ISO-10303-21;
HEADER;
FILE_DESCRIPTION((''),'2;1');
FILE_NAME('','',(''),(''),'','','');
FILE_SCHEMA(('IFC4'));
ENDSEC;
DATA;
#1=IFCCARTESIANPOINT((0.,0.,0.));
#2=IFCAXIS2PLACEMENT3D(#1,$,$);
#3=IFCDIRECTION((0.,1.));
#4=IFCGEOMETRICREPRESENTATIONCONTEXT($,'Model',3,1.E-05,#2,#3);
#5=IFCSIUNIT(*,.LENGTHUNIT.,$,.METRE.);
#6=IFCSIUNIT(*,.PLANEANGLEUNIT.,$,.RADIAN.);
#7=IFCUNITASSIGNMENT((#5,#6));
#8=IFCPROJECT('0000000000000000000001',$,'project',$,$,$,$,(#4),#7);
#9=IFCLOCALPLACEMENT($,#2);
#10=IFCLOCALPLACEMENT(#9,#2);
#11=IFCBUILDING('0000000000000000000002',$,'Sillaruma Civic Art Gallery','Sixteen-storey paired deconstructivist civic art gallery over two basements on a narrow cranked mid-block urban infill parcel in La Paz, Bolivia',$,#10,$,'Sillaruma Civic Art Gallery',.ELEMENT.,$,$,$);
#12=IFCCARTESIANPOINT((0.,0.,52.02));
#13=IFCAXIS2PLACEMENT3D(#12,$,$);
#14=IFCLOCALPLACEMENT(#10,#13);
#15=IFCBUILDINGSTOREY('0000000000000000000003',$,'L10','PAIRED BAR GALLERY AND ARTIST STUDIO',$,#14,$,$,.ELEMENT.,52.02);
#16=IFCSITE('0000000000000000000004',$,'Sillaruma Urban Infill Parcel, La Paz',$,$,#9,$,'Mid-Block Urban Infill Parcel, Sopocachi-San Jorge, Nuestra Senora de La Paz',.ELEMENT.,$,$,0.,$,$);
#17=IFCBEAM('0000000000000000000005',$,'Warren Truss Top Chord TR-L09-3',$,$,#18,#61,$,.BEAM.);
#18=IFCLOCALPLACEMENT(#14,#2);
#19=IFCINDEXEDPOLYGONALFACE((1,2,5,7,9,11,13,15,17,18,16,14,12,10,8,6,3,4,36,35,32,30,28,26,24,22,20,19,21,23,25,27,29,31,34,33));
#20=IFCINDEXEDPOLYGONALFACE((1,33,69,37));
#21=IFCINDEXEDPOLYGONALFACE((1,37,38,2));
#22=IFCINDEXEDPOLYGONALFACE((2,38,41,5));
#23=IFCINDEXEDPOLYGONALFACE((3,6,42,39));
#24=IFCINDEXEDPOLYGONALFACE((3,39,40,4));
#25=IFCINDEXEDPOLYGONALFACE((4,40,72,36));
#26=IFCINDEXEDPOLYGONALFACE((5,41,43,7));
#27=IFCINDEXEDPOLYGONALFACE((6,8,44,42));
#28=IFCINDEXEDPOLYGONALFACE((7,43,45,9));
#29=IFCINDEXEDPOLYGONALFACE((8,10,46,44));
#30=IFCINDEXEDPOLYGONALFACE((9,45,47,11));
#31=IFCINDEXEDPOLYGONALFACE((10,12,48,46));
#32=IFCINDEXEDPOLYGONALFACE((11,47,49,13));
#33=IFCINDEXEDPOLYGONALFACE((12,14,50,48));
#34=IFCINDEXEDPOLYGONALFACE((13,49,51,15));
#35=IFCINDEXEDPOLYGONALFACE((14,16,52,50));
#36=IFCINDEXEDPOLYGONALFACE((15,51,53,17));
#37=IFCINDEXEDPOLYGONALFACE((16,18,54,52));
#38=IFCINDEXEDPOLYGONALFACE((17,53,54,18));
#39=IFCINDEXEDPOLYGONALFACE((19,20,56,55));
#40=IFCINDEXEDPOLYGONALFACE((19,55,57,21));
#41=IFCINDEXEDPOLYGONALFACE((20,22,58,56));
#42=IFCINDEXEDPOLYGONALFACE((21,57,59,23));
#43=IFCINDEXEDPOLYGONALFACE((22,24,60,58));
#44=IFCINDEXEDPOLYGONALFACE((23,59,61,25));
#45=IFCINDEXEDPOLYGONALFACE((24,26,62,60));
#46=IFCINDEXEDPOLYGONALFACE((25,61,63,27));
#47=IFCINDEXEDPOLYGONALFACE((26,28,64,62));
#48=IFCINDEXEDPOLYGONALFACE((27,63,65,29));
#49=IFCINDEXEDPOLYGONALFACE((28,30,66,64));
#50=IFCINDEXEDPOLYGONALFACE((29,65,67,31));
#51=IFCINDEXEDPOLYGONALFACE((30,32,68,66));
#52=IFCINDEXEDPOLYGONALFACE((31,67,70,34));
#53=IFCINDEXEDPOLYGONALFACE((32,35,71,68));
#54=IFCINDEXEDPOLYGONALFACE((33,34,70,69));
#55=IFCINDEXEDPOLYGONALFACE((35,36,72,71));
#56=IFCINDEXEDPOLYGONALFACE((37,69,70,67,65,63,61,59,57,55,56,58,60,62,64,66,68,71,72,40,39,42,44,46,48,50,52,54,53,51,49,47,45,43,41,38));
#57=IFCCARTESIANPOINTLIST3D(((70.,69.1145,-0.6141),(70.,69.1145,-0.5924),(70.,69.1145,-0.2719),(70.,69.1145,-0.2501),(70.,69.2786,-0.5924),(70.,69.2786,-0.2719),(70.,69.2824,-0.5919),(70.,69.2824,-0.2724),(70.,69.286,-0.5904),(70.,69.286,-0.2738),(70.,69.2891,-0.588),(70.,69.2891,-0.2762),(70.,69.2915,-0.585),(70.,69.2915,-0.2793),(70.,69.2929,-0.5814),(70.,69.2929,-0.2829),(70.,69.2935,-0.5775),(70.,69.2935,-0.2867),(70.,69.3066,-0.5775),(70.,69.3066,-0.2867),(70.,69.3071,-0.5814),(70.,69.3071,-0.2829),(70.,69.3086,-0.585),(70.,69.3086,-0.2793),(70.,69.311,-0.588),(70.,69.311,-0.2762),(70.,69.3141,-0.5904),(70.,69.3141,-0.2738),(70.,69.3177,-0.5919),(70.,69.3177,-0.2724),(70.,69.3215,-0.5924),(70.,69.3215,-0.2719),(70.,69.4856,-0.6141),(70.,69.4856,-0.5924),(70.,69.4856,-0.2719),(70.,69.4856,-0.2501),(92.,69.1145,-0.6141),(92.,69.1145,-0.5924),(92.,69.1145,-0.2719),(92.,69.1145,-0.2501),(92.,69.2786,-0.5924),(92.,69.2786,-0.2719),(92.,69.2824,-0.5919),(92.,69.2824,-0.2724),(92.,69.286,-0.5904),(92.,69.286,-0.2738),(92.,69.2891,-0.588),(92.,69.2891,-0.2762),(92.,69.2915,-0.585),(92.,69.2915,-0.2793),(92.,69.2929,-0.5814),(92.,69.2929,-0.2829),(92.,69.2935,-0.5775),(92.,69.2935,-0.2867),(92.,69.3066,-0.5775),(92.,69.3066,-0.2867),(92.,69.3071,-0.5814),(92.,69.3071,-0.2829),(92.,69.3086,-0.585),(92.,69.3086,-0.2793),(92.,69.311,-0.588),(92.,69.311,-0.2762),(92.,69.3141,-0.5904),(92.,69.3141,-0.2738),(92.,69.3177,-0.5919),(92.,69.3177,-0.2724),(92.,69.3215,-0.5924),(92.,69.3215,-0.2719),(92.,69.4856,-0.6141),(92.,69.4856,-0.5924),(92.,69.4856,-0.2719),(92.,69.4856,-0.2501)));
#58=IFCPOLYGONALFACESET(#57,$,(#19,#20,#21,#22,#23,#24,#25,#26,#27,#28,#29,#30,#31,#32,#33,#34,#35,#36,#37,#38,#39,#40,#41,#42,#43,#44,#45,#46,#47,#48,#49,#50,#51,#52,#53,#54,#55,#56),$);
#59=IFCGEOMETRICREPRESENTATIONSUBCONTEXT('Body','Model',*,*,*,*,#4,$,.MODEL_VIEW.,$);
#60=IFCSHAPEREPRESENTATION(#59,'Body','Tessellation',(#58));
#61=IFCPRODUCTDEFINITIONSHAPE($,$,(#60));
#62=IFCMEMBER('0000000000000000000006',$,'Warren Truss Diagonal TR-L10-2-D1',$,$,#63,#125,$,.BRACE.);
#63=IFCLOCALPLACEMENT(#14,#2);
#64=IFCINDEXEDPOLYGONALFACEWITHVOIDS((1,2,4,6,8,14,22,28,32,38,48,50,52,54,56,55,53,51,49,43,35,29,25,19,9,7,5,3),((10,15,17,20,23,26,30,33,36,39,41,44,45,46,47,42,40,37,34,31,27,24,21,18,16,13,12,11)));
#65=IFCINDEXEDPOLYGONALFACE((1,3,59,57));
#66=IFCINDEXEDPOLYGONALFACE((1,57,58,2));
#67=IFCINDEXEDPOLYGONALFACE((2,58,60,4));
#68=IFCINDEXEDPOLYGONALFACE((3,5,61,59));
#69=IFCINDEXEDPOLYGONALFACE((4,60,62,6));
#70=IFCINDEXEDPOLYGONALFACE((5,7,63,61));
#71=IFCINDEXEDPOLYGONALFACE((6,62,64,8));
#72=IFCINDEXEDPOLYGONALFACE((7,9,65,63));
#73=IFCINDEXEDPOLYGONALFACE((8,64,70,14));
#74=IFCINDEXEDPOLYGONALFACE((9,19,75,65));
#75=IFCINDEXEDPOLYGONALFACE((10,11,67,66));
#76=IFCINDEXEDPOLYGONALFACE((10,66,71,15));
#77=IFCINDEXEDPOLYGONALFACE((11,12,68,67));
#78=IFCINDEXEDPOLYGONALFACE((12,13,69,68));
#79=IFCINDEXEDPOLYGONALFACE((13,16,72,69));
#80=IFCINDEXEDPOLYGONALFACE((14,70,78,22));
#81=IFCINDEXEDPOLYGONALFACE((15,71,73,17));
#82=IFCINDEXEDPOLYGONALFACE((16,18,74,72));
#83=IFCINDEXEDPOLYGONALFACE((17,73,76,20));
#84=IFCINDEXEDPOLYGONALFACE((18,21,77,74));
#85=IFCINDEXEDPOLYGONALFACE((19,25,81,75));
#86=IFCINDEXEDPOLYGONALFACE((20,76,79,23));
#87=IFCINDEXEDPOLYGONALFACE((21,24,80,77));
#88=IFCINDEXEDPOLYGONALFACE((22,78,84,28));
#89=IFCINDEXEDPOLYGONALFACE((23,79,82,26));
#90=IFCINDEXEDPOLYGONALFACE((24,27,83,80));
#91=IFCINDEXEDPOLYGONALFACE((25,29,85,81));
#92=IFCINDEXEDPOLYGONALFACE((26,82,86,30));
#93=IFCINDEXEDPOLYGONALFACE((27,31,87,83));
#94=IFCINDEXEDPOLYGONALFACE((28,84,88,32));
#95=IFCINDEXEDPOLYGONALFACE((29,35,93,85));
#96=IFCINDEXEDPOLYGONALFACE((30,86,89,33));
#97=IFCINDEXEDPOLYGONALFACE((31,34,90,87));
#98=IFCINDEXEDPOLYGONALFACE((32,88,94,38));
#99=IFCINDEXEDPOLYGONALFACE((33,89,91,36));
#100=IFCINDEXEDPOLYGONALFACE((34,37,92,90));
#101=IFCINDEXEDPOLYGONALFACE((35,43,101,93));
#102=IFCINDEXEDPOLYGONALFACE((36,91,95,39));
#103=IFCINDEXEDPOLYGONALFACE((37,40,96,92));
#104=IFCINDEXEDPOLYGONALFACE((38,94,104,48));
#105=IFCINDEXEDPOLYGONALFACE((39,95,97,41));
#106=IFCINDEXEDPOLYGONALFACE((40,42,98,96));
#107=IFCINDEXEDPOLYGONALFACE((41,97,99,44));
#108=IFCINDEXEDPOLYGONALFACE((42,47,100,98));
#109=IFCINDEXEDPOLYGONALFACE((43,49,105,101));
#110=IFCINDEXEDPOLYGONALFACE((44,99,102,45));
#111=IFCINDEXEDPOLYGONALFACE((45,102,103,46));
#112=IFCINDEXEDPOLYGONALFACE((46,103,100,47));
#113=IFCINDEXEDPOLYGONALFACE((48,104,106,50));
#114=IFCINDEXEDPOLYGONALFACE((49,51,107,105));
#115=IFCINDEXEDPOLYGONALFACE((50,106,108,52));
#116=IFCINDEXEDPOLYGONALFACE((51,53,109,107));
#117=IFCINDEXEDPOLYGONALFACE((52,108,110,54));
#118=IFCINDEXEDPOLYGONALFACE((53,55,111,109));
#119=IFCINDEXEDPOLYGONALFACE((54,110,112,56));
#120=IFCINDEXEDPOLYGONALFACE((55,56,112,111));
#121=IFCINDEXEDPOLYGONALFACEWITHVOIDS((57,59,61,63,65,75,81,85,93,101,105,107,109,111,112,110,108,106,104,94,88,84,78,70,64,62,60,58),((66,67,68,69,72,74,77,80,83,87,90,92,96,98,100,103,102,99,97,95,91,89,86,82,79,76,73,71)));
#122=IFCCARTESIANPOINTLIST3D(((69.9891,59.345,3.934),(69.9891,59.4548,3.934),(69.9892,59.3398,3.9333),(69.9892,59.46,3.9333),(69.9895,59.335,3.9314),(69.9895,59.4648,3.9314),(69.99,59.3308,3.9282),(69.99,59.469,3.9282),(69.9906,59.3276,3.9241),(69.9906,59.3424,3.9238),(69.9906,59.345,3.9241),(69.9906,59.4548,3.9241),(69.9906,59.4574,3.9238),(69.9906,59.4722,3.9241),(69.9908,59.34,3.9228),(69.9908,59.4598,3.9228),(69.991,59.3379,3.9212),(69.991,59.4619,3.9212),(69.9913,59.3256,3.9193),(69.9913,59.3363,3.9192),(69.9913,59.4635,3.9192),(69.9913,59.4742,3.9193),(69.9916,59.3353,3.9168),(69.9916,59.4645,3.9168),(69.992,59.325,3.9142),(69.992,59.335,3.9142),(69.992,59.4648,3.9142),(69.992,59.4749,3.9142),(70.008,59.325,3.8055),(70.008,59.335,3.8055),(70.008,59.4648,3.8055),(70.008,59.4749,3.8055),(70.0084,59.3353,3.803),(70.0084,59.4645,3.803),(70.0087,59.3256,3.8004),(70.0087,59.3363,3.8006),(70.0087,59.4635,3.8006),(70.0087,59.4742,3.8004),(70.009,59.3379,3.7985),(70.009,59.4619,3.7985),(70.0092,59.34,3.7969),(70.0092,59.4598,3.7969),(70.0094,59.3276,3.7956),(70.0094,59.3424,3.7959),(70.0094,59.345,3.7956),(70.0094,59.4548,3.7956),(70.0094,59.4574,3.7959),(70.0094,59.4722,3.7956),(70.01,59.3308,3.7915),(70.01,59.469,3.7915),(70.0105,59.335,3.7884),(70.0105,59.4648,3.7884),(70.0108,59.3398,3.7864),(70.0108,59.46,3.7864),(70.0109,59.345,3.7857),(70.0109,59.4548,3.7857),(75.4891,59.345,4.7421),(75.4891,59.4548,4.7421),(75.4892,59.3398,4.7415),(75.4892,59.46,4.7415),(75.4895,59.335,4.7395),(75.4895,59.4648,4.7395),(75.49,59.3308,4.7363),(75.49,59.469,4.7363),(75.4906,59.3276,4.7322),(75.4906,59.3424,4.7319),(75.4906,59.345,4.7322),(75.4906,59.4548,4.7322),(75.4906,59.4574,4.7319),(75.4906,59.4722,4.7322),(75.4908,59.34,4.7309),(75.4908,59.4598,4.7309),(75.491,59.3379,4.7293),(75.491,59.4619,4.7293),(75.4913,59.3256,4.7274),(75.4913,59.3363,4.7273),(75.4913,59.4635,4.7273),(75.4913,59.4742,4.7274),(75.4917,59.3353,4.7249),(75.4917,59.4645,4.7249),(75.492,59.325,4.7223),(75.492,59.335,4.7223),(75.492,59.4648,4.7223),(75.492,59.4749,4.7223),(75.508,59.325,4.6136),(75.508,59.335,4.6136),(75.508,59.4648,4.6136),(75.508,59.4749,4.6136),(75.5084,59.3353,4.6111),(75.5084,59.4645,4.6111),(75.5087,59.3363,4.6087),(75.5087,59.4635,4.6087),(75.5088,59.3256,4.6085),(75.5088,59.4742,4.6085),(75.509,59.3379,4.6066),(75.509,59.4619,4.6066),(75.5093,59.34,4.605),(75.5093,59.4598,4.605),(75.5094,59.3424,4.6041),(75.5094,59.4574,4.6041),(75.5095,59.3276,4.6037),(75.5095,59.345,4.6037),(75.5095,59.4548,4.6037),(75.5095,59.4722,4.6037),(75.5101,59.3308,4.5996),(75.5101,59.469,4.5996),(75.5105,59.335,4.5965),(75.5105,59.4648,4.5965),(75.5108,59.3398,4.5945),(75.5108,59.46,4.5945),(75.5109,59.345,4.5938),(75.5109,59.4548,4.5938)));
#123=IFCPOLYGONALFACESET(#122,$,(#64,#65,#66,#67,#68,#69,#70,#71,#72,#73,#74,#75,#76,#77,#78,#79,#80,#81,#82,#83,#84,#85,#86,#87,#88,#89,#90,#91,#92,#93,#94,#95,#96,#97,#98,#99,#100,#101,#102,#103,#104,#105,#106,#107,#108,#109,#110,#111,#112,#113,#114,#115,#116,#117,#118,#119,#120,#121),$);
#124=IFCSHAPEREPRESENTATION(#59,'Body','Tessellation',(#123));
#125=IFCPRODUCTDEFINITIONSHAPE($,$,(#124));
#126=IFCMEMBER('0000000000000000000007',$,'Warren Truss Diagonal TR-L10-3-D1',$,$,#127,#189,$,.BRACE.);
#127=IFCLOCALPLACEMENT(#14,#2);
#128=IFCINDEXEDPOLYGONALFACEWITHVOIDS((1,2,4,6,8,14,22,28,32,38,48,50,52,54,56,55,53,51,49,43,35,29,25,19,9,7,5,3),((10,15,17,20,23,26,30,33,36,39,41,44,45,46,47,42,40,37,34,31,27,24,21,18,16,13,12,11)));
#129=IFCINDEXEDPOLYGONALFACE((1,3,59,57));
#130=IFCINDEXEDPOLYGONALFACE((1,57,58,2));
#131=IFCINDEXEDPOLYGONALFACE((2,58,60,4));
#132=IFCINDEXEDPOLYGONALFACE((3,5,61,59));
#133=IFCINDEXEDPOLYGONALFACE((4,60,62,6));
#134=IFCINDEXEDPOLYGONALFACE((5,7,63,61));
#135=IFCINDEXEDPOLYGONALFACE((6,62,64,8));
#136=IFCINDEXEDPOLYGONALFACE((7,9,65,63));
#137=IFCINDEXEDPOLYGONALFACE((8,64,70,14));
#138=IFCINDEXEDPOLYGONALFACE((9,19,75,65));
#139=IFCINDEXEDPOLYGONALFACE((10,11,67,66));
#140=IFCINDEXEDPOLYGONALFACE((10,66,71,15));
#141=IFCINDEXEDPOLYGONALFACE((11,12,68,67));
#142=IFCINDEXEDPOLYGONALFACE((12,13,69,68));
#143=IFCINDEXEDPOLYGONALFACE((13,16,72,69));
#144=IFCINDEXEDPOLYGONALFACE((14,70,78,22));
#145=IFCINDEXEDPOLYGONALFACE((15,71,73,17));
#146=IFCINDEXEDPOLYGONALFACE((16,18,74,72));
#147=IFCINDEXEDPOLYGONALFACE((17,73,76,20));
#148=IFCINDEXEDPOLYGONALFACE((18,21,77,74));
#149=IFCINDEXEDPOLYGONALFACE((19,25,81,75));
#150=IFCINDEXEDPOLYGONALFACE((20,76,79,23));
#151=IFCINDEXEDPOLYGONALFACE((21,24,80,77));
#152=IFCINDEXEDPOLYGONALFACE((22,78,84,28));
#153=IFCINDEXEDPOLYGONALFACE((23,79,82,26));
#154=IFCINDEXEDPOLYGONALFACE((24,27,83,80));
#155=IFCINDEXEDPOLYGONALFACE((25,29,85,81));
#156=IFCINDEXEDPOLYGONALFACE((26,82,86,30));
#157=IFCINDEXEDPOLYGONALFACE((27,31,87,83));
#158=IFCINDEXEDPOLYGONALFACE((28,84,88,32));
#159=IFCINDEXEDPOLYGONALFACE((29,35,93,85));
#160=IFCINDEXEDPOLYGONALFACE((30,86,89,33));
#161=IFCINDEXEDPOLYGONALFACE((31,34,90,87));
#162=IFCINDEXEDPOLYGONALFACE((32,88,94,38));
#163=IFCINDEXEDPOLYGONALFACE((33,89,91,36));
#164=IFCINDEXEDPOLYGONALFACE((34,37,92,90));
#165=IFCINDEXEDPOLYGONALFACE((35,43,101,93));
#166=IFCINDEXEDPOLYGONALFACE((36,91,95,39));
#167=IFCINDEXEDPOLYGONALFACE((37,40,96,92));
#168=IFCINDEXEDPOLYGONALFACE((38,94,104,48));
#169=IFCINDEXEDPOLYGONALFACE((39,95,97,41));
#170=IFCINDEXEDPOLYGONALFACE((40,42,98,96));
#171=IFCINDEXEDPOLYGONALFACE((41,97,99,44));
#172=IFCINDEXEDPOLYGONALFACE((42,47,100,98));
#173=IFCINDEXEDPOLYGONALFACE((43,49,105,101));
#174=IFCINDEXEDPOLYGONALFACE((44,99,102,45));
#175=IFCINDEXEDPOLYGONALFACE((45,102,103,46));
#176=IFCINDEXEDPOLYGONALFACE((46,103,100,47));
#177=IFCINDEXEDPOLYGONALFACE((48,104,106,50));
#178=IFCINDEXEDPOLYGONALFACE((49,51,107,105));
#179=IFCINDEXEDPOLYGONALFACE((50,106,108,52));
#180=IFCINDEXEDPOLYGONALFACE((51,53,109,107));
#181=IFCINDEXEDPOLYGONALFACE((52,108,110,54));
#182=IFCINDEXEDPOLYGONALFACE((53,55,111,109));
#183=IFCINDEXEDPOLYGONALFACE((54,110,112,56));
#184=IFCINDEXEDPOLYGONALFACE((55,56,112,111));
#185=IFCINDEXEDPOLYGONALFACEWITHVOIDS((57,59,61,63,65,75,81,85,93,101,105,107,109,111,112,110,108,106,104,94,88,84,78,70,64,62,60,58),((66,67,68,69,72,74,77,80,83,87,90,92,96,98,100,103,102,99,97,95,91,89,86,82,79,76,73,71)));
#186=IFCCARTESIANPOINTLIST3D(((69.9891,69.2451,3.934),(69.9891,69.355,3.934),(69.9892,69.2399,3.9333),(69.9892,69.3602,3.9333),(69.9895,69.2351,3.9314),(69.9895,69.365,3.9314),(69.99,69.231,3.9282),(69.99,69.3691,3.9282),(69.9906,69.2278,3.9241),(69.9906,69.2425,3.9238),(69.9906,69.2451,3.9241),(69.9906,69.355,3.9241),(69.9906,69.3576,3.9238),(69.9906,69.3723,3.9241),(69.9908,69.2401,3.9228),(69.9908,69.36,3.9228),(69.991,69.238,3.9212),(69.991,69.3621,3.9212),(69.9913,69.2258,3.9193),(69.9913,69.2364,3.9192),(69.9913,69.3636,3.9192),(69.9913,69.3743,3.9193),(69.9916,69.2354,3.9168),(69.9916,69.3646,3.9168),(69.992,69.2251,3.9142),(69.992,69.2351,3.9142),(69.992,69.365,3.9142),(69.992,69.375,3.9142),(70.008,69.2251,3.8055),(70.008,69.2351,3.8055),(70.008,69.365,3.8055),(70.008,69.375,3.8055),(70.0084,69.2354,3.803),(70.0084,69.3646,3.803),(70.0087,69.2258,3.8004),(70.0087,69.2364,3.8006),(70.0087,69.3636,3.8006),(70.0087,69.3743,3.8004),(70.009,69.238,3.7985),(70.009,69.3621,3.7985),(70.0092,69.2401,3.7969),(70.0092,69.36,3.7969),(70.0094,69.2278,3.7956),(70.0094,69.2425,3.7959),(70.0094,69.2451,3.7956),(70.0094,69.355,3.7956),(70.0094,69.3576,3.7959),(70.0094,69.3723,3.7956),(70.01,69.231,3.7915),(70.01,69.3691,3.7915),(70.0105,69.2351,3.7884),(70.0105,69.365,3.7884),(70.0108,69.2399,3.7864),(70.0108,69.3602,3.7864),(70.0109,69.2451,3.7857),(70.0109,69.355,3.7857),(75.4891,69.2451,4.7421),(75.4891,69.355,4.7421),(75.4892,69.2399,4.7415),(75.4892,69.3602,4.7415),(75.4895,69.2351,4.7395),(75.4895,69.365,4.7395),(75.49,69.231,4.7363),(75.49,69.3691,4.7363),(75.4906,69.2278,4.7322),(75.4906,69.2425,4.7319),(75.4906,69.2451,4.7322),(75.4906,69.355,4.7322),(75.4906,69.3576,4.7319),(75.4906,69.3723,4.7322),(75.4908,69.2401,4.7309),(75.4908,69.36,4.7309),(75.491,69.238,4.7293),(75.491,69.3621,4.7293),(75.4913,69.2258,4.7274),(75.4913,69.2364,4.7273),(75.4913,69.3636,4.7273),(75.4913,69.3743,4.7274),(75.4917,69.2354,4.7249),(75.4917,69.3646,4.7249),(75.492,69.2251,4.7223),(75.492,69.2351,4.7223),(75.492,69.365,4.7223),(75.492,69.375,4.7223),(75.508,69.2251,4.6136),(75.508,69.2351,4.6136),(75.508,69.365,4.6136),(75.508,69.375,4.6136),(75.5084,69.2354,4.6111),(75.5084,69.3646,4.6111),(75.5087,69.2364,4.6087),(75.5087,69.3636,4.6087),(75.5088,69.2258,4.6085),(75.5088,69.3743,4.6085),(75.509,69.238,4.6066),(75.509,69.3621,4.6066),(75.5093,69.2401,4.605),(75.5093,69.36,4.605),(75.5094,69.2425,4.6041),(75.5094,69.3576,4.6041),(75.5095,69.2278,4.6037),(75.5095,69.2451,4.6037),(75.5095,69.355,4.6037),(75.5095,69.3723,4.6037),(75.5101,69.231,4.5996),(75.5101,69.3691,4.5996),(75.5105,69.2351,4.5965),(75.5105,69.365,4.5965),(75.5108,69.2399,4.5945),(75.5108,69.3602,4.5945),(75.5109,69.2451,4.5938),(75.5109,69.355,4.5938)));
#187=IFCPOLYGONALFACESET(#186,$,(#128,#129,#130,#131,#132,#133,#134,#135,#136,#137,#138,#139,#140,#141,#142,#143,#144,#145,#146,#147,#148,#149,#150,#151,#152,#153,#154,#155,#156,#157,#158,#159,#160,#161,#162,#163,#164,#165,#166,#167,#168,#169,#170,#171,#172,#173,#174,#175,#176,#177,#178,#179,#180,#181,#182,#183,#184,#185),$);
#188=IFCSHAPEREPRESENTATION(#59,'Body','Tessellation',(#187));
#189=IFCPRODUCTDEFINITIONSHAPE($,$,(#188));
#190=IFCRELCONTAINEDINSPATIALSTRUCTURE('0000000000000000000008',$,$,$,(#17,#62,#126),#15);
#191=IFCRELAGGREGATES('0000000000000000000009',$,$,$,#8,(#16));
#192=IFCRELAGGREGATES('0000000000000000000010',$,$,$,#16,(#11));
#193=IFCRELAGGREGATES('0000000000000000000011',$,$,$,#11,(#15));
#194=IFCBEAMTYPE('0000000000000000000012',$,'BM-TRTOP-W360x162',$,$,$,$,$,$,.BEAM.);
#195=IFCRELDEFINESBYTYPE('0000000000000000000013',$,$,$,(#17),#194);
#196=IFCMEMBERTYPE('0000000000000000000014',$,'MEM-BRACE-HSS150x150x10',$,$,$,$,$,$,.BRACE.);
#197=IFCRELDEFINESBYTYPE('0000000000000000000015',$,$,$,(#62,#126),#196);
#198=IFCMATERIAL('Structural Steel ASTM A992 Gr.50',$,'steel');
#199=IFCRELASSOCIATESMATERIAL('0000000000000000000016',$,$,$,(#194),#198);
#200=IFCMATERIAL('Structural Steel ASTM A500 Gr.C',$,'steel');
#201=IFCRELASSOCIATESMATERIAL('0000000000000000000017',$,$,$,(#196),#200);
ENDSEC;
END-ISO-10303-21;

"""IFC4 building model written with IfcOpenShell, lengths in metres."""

from ifc_helpers import new_model, si_unit, direction, frame, origin, origin_2d, place, context, subcontext, project, spatial, hollow_rectangle, i_section, extrude, material, material_profile, profile_set, type_object, element, save


model = new_model("IFC4")

# Units and contexts
model_context = context("Model", 3, precision=1e-05, world=origin(), true_north=direction((0.0, 1.0)))
body_context = subcontext(model_context, "Body", "Model", "MODEL_VIEW")
ifc_project = project(units=[si_unit("LENGTHUNIT", "METRE"), si_unit("PLANEANGLEUNIT", "RADIAN")], contexts=[model_context])

# Site, building, storey
site_placement = place(None, origin())
site = spatial("IfcSite", under=ifc_project, at=site_placement, Name="Sillaruma Urban Infill Parcel, La Paz", LongName="Mid-Block Urban Infill Parcel, Sopocachi-San Jorge, Nuestra Senora de La Paz", CompositionType="ELEMENT", RefElevation=0.0)
building_placement = place(site_placement, origin())
building = spatial("IfcBuilding", under=site, at=building_placement, Name="Sillaruma Civic Art Gallery", Description="Sixteen-storey paired deconstructivist civic art gallery over two basements on a narrow cranked mid-block urban infill parcel in La Paz, Bolivia", LongName="Sillaruma Civic Art Gallery", CompositionType="ELEMENT")
storey_placement = place(building_placement, frame((0.0, 0.0, 52.02)))
storey = spatial("IfcBuildingStorey", under=building, at=storey_placement, Name="L10", Description="PAIRED BAR GALLERY AND ARTIST STUDIO", CompositionType="ELEMENT", Elevation=52.02)

# Beam
ifc_material_1 = material(Name="Structural Steel ASTM A992 Gr.50", Category="steel")
ifc_material_profile_1 = material_profile(ifc_material_1, i_section(OverallWidth=0.3711, OverallDepth=0.364, WebThickness=0.0132, FlangeThickness=0.0217, FilletRadius=0.0149, at=origin_2d()), Name="W360x162")
ifc_profile_set_1 = profile_set([ifc_material_profile_1], Name="Structural Steel ASTM A992 Gr.50")
beam_type_1 = type_object("IfcBeamType", Name="BM-TRTOP-W360x162", PredefinedType="BEAM", material=ifc_profile_set_1)
for number, where, z_axis, x_axis, name in (
    (1, (70.0, 69.3, -0.4321), (1.0, 0.0, 0.0), (0.0, 1.0, 0.0), "Warren Truss Top Chord TR-L09-3"),
):
    element("IfcBeam", number, at=place(storey_placement, frame(where, z_axis=z_axis, x_axis=x_axis)), inside=storey, type_object=beam_type_1, Name=name, PredefinedType="BEAM", context=body_context, shape_type="SweptSolid", body=[
        extrude(i_section(OverallWidth=0.3711, OverallDepth=0.364, WebThickness=0.0132, FlangeThickness=0.0217, FilletRadius=0.0149, at=origin_2d()), origin(), (0.0, 0.0, 1.0), 22.0),
    ])

# Members
ifc_material_2 = material(Name="Structural Steel ASTM A500 Gr.C", Category="steel")
ifc_material_profile_2 = material_profile(ifc_material_2, hollow_rectangle(XDim=0.1499, YDim=0.1499, WallThickness=0.01, InnerFilletRadius=0.01, OuterFilletRadius=0.02, at=origin_2d()), Name="HSS150x150x10")
ifc_profile_set_2 = profile_set([ifc_material_profile_2], Name="Structural Steel ASTM A500 Gr.C")
member_type_1 = type_object("IfcMemberType", Name="MEM-BRACE-HSS150x150x10", PredefinedType="BRACE", material=ifc_profile_set_2)
for number, where, z_axis, x_axis, name in (
    (2, (70.0, 59.3999, 3.8599), (0.989378, 0.0, 0.145368), (0.0, 1.0, 0.0), "Warren Truss Diagonal TR-L10-2-D1"),
    (3, (70.0, 69.3, 3.8599), (0.989378, 0.0, 0.145368), (0.0, 1.0, 0.0), "Warren Truss Diagonal TR-L10-3-D1"),
):
    element("IfcMember", number, at=place(storey_placement, frame(where, z_axis=z_axis, x_axis=x_axis)), inside=storey, type_object=member_type_1, Name=name, PredefinedType="BRACE", context=body_context, shape_type="SweptSolid", body=[
        extrude(hollow_rectangle(XDim=0.1499, YDim=0.1499, WallThickness=0.01, InnerFilletRadius=0.01, OuterFilletRadius=0.02, at=origin_2d()), origin(), (0.0, 0.0, 1.0), 5.5591),
    ])

save(model, "model.ifc")
